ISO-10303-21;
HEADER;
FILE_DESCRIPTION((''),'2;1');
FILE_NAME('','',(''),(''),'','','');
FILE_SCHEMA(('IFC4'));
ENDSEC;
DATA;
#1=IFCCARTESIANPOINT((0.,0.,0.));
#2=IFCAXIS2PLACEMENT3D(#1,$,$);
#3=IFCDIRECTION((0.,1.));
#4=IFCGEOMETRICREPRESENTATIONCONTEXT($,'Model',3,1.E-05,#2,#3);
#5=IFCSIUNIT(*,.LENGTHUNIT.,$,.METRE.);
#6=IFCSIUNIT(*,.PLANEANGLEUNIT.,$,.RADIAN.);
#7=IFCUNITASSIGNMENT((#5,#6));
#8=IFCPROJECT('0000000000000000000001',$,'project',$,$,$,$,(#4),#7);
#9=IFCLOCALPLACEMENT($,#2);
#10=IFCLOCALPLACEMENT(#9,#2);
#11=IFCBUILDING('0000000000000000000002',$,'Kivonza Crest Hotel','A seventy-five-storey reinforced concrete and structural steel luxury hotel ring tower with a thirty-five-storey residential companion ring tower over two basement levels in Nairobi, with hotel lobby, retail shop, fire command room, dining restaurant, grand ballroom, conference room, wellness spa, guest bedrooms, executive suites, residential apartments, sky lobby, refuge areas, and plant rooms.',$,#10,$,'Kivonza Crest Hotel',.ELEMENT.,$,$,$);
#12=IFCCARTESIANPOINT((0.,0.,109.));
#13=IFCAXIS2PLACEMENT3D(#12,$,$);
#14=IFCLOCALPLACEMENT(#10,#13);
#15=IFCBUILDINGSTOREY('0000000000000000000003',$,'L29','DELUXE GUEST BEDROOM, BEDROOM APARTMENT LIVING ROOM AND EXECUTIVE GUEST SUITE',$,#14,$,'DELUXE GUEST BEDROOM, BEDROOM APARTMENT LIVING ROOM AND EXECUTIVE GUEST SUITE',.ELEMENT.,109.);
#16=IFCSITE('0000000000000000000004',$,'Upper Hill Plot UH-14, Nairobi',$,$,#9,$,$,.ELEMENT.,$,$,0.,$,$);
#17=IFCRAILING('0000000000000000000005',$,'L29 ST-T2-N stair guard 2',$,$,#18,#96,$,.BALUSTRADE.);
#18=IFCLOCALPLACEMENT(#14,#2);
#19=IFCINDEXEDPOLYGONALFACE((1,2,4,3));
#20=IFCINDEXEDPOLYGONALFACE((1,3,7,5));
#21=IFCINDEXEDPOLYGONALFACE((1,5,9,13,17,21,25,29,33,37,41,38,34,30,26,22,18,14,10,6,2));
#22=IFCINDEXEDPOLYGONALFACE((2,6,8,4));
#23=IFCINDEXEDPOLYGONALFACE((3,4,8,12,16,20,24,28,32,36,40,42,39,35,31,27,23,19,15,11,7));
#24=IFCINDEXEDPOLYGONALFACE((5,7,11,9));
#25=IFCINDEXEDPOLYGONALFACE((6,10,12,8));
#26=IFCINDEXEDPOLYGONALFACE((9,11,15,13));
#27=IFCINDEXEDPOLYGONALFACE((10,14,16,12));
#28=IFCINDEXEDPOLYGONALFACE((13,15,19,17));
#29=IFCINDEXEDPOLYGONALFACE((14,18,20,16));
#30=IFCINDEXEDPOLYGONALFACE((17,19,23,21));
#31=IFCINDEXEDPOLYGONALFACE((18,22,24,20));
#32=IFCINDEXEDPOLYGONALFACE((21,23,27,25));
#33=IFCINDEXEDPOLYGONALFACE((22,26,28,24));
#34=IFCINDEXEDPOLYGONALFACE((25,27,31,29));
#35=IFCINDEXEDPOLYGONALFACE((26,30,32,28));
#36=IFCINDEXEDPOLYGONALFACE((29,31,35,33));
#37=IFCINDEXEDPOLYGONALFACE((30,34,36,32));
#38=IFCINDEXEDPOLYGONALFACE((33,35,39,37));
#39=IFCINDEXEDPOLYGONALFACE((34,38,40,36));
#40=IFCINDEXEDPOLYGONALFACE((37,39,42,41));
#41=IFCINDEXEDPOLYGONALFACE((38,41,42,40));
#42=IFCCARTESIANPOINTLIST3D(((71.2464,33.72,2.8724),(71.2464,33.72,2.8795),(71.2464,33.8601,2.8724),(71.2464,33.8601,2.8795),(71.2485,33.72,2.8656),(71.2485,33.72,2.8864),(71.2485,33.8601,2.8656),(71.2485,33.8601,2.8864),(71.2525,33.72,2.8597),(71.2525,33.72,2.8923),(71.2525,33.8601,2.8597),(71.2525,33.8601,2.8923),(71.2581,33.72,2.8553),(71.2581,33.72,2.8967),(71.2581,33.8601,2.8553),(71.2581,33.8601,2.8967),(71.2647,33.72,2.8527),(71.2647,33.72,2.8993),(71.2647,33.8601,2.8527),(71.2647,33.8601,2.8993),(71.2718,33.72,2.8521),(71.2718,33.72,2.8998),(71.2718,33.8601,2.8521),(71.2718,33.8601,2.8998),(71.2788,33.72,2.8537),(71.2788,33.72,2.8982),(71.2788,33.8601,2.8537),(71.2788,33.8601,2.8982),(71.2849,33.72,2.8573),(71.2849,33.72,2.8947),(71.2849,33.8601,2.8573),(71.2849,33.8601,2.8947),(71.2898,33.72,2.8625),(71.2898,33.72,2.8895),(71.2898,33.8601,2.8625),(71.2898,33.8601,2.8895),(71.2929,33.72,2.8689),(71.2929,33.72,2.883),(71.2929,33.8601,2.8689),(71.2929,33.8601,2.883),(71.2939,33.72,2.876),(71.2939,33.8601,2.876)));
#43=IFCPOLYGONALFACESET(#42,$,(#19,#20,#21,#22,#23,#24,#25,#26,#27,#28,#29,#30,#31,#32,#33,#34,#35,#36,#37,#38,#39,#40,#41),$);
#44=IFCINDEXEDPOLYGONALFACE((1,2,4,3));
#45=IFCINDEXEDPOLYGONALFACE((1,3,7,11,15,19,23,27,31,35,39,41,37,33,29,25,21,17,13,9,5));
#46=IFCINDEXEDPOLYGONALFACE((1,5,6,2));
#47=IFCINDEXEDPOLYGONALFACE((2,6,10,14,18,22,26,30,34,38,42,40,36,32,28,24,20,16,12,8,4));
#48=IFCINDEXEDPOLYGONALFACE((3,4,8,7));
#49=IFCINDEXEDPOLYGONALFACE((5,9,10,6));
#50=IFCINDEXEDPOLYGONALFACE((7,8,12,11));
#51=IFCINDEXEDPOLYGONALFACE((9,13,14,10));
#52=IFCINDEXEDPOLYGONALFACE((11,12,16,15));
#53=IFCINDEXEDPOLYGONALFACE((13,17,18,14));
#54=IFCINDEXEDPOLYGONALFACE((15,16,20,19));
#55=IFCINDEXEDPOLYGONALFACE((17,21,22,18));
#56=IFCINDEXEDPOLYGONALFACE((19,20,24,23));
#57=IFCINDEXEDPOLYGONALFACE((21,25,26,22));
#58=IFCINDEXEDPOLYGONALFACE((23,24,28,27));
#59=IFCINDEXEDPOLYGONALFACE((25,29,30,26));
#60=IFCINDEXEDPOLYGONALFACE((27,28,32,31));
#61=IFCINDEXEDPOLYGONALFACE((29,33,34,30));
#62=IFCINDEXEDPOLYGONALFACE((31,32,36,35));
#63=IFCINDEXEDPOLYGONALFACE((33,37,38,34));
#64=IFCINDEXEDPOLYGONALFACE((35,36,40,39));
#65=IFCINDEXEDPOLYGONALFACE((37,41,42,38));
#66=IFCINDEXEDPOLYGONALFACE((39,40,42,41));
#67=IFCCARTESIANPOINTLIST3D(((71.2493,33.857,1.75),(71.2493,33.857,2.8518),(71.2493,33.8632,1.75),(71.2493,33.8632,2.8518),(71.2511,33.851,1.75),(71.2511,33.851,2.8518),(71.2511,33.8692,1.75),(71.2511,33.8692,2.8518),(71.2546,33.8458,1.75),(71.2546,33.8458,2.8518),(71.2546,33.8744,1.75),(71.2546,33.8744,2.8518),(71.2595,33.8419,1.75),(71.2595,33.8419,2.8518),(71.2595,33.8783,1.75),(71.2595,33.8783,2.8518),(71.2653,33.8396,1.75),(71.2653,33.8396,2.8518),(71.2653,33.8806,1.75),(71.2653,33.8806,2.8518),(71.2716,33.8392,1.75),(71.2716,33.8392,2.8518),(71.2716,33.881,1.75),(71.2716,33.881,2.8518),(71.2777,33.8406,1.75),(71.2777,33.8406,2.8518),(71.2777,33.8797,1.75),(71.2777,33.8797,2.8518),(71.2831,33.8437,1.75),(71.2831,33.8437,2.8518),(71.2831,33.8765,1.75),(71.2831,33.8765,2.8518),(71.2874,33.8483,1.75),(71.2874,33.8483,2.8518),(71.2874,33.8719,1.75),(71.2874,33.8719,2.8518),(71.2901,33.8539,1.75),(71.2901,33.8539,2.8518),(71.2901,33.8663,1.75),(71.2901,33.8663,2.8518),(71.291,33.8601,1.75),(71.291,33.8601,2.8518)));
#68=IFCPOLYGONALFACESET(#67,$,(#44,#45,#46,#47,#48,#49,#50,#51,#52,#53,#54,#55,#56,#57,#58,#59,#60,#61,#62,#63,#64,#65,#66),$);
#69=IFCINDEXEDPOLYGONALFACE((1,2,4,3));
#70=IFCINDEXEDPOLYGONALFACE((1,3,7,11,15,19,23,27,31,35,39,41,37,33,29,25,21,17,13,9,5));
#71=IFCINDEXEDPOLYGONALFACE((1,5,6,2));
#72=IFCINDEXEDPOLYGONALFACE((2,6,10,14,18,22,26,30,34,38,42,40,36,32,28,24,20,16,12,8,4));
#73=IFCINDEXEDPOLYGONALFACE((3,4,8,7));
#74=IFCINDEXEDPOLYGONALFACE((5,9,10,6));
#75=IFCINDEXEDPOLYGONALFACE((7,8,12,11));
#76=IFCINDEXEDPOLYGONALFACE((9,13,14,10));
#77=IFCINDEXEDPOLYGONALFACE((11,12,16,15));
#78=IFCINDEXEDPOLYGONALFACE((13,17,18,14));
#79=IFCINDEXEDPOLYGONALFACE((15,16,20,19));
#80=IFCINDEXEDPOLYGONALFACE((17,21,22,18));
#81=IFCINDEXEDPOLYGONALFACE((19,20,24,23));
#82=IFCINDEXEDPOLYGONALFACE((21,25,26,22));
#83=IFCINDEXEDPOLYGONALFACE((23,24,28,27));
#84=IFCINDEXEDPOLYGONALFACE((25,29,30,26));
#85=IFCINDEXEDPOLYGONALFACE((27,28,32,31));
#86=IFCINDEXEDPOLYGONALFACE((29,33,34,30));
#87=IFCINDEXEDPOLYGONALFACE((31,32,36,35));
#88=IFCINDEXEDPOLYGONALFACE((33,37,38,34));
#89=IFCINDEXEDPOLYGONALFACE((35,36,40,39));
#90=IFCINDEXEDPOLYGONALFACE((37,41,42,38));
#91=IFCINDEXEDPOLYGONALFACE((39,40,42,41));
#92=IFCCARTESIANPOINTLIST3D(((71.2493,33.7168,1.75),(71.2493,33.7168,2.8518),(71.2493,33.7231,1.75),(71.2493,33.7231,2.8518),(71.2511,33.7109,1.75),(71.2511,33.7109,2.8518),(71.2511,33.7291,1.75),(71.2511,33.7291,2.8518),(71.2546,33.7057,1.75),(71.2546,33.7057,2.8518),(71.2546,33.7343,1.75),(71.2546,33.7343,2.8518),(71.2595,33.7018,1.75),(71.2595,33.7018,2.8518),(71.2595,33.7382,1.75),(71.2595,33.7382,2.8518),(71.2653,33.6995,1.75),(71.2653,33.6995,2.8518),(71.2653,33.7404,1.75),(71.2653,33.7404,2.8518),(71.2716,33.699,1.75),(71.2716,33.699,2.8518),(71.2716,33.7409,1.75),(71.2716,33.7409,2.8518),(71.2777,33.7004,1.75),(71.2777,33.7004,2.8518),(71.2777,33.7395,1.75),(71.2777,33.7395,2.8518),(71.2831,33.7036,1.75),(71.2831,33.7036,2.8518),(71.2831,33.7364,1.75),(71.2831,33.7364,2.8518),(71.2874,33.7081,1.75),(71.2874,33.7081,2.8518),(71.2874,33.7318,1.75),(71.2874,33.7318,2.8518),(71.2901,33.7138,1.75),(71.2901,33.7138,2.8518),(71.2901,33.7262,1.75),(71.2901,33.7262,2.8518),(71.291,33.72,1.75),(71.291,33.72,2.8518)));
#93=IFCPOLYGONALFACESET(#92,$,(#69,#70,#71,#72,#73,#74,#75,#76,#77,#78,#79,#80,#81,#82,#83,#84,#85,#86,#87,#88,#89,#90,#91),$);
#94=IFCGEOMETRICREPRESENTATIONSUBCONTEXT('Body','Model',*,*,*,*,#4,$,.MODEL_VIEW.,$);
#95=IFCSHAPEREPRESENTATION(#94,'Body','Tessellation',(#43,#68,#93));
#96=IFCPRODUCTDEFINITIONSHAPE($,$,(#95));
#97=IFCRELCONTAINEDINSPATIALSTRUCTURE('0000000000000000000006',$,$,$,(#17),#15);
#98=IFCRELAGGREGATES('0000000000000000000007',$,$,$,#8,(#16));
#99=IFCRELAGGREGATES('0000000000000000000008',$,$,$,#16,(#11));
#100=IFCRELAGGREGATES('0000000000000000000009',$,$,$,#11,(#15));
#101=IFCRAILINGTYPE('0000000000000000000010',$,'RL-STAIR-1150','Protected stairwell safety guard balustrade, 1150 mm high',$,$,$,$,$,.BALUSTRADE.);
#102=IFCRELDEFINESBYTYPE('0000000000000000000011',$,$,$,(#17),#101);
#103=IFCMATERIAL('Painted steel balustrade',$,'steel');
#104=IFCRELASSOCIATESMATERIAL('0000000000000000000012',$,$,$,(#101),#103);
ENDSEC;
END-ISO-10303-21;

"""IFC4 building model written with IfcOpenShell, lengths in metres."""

from ifc_helpers import new_model, si_unit, direction, frame, origin, origin_2d, place, context, subcontext, project, spatial, circle, extrude, material, type_object, element, save


model = new_model("IFC4")

# Units and contexts
model_context = context("Model", 3, precision=1e-05, world=origin(), true_north=direction((0.0, 1.0)))
body_context = subcontext(model_context, "Body", "Model", "MODEL_VIEW")
ifc_project = project(units=[si_unit("LENGTHUNIT", "METRE"), si_unit("PLANEANGLEUNIT", "RADIAN")], contexts=[model_context])

# Site, building, storey
site_placement = place(None, origin())
site = spatial("IfcSite", under=ifc_project, at=site_placement, Name="Upper Hill Plot UH-14, Nairobi", CompositionType="ELEMENT", RefElevation=0.0)
building_placement = place(site_placement, origin())
building = spatial("IfcBuilding", under=site, at=building_placement, Name="Kivonza Crest Hotel", Description="A seventy-five-storey reinforced concrete and structural steel luxury hotel ring tower with a thirty-five-storey residential companion ring tower over two basement levels in Nairobi, with hotel lobby, retail shop, fire command room, dining restaurant, grand ballroom, conference room, wellness spa, guest bedrooms, executive suites, residential apartments, sky lobby, refuge areas, and plant rooms.", LongName="Kivonza Crest Hotel", CompositionType="ELEMENT")
storey_placement = place(building_placement, frame((0.0, 0.0, 109.0)))
storey = spatial("IfcBuildingStorey", under=building, at=storey_placement, Name="L29", Description="DELUXE GUEST BEDROOM, BEDROOM APARTMENT LIVING ROOM AND EXECUTIVE GUEST SUITE", LongName="DELUXE GUEST BEDROOM, BEDROOM APARTMENT LIVING ROOM AND EXECUTIVE GUEST SUITE", CompositionType="ELEMENT", Elevation=109.0)

# Railing
ifc_material_1 = material(Name="Painted steel balustrade", Category="steel")
railing_type_1 = type_object("IfcRailingType", Name="RL-STAIR-1150", Description="Protected stairwell safety guard balustrade, 1150 mm high", PredefinedType="BALUSTRADE", material=ifc_material_1)
railing_1_placement = place(storey_placement, frame((71.27, 33.8601, 1.75)))
element("IfcRailing", 1, at=railing_1_placement, inside=storey, type_object=railing_type_1, Name="L29 ST-T2-N stair guard 2", PredefinedType="BALUSTRADE", context=body_context, shape_type="SweptSolid", body=[
    extrude(circle(Radius=0.0239, at=origin_2d()), frame((0.0, 0.0, 1.126), z_axis=(0.0, -1.0, 0.0), x_axis=(1.0, 0.0, 0.0)), (0.0, 0.0, 1.0), 0.1401),
    extrude(circle(Radius=0.021, at=origin_2d()), origin(), (0.0, 0.0, 1.0), 1.1018),
    extrude(circle(Radius=0.021, at=origin_2d()), frame((0.0, -0.1401, 0.0)), (0.0, 0.0, 1.0), 1.1018),
])

save(model, "model.ifc")
